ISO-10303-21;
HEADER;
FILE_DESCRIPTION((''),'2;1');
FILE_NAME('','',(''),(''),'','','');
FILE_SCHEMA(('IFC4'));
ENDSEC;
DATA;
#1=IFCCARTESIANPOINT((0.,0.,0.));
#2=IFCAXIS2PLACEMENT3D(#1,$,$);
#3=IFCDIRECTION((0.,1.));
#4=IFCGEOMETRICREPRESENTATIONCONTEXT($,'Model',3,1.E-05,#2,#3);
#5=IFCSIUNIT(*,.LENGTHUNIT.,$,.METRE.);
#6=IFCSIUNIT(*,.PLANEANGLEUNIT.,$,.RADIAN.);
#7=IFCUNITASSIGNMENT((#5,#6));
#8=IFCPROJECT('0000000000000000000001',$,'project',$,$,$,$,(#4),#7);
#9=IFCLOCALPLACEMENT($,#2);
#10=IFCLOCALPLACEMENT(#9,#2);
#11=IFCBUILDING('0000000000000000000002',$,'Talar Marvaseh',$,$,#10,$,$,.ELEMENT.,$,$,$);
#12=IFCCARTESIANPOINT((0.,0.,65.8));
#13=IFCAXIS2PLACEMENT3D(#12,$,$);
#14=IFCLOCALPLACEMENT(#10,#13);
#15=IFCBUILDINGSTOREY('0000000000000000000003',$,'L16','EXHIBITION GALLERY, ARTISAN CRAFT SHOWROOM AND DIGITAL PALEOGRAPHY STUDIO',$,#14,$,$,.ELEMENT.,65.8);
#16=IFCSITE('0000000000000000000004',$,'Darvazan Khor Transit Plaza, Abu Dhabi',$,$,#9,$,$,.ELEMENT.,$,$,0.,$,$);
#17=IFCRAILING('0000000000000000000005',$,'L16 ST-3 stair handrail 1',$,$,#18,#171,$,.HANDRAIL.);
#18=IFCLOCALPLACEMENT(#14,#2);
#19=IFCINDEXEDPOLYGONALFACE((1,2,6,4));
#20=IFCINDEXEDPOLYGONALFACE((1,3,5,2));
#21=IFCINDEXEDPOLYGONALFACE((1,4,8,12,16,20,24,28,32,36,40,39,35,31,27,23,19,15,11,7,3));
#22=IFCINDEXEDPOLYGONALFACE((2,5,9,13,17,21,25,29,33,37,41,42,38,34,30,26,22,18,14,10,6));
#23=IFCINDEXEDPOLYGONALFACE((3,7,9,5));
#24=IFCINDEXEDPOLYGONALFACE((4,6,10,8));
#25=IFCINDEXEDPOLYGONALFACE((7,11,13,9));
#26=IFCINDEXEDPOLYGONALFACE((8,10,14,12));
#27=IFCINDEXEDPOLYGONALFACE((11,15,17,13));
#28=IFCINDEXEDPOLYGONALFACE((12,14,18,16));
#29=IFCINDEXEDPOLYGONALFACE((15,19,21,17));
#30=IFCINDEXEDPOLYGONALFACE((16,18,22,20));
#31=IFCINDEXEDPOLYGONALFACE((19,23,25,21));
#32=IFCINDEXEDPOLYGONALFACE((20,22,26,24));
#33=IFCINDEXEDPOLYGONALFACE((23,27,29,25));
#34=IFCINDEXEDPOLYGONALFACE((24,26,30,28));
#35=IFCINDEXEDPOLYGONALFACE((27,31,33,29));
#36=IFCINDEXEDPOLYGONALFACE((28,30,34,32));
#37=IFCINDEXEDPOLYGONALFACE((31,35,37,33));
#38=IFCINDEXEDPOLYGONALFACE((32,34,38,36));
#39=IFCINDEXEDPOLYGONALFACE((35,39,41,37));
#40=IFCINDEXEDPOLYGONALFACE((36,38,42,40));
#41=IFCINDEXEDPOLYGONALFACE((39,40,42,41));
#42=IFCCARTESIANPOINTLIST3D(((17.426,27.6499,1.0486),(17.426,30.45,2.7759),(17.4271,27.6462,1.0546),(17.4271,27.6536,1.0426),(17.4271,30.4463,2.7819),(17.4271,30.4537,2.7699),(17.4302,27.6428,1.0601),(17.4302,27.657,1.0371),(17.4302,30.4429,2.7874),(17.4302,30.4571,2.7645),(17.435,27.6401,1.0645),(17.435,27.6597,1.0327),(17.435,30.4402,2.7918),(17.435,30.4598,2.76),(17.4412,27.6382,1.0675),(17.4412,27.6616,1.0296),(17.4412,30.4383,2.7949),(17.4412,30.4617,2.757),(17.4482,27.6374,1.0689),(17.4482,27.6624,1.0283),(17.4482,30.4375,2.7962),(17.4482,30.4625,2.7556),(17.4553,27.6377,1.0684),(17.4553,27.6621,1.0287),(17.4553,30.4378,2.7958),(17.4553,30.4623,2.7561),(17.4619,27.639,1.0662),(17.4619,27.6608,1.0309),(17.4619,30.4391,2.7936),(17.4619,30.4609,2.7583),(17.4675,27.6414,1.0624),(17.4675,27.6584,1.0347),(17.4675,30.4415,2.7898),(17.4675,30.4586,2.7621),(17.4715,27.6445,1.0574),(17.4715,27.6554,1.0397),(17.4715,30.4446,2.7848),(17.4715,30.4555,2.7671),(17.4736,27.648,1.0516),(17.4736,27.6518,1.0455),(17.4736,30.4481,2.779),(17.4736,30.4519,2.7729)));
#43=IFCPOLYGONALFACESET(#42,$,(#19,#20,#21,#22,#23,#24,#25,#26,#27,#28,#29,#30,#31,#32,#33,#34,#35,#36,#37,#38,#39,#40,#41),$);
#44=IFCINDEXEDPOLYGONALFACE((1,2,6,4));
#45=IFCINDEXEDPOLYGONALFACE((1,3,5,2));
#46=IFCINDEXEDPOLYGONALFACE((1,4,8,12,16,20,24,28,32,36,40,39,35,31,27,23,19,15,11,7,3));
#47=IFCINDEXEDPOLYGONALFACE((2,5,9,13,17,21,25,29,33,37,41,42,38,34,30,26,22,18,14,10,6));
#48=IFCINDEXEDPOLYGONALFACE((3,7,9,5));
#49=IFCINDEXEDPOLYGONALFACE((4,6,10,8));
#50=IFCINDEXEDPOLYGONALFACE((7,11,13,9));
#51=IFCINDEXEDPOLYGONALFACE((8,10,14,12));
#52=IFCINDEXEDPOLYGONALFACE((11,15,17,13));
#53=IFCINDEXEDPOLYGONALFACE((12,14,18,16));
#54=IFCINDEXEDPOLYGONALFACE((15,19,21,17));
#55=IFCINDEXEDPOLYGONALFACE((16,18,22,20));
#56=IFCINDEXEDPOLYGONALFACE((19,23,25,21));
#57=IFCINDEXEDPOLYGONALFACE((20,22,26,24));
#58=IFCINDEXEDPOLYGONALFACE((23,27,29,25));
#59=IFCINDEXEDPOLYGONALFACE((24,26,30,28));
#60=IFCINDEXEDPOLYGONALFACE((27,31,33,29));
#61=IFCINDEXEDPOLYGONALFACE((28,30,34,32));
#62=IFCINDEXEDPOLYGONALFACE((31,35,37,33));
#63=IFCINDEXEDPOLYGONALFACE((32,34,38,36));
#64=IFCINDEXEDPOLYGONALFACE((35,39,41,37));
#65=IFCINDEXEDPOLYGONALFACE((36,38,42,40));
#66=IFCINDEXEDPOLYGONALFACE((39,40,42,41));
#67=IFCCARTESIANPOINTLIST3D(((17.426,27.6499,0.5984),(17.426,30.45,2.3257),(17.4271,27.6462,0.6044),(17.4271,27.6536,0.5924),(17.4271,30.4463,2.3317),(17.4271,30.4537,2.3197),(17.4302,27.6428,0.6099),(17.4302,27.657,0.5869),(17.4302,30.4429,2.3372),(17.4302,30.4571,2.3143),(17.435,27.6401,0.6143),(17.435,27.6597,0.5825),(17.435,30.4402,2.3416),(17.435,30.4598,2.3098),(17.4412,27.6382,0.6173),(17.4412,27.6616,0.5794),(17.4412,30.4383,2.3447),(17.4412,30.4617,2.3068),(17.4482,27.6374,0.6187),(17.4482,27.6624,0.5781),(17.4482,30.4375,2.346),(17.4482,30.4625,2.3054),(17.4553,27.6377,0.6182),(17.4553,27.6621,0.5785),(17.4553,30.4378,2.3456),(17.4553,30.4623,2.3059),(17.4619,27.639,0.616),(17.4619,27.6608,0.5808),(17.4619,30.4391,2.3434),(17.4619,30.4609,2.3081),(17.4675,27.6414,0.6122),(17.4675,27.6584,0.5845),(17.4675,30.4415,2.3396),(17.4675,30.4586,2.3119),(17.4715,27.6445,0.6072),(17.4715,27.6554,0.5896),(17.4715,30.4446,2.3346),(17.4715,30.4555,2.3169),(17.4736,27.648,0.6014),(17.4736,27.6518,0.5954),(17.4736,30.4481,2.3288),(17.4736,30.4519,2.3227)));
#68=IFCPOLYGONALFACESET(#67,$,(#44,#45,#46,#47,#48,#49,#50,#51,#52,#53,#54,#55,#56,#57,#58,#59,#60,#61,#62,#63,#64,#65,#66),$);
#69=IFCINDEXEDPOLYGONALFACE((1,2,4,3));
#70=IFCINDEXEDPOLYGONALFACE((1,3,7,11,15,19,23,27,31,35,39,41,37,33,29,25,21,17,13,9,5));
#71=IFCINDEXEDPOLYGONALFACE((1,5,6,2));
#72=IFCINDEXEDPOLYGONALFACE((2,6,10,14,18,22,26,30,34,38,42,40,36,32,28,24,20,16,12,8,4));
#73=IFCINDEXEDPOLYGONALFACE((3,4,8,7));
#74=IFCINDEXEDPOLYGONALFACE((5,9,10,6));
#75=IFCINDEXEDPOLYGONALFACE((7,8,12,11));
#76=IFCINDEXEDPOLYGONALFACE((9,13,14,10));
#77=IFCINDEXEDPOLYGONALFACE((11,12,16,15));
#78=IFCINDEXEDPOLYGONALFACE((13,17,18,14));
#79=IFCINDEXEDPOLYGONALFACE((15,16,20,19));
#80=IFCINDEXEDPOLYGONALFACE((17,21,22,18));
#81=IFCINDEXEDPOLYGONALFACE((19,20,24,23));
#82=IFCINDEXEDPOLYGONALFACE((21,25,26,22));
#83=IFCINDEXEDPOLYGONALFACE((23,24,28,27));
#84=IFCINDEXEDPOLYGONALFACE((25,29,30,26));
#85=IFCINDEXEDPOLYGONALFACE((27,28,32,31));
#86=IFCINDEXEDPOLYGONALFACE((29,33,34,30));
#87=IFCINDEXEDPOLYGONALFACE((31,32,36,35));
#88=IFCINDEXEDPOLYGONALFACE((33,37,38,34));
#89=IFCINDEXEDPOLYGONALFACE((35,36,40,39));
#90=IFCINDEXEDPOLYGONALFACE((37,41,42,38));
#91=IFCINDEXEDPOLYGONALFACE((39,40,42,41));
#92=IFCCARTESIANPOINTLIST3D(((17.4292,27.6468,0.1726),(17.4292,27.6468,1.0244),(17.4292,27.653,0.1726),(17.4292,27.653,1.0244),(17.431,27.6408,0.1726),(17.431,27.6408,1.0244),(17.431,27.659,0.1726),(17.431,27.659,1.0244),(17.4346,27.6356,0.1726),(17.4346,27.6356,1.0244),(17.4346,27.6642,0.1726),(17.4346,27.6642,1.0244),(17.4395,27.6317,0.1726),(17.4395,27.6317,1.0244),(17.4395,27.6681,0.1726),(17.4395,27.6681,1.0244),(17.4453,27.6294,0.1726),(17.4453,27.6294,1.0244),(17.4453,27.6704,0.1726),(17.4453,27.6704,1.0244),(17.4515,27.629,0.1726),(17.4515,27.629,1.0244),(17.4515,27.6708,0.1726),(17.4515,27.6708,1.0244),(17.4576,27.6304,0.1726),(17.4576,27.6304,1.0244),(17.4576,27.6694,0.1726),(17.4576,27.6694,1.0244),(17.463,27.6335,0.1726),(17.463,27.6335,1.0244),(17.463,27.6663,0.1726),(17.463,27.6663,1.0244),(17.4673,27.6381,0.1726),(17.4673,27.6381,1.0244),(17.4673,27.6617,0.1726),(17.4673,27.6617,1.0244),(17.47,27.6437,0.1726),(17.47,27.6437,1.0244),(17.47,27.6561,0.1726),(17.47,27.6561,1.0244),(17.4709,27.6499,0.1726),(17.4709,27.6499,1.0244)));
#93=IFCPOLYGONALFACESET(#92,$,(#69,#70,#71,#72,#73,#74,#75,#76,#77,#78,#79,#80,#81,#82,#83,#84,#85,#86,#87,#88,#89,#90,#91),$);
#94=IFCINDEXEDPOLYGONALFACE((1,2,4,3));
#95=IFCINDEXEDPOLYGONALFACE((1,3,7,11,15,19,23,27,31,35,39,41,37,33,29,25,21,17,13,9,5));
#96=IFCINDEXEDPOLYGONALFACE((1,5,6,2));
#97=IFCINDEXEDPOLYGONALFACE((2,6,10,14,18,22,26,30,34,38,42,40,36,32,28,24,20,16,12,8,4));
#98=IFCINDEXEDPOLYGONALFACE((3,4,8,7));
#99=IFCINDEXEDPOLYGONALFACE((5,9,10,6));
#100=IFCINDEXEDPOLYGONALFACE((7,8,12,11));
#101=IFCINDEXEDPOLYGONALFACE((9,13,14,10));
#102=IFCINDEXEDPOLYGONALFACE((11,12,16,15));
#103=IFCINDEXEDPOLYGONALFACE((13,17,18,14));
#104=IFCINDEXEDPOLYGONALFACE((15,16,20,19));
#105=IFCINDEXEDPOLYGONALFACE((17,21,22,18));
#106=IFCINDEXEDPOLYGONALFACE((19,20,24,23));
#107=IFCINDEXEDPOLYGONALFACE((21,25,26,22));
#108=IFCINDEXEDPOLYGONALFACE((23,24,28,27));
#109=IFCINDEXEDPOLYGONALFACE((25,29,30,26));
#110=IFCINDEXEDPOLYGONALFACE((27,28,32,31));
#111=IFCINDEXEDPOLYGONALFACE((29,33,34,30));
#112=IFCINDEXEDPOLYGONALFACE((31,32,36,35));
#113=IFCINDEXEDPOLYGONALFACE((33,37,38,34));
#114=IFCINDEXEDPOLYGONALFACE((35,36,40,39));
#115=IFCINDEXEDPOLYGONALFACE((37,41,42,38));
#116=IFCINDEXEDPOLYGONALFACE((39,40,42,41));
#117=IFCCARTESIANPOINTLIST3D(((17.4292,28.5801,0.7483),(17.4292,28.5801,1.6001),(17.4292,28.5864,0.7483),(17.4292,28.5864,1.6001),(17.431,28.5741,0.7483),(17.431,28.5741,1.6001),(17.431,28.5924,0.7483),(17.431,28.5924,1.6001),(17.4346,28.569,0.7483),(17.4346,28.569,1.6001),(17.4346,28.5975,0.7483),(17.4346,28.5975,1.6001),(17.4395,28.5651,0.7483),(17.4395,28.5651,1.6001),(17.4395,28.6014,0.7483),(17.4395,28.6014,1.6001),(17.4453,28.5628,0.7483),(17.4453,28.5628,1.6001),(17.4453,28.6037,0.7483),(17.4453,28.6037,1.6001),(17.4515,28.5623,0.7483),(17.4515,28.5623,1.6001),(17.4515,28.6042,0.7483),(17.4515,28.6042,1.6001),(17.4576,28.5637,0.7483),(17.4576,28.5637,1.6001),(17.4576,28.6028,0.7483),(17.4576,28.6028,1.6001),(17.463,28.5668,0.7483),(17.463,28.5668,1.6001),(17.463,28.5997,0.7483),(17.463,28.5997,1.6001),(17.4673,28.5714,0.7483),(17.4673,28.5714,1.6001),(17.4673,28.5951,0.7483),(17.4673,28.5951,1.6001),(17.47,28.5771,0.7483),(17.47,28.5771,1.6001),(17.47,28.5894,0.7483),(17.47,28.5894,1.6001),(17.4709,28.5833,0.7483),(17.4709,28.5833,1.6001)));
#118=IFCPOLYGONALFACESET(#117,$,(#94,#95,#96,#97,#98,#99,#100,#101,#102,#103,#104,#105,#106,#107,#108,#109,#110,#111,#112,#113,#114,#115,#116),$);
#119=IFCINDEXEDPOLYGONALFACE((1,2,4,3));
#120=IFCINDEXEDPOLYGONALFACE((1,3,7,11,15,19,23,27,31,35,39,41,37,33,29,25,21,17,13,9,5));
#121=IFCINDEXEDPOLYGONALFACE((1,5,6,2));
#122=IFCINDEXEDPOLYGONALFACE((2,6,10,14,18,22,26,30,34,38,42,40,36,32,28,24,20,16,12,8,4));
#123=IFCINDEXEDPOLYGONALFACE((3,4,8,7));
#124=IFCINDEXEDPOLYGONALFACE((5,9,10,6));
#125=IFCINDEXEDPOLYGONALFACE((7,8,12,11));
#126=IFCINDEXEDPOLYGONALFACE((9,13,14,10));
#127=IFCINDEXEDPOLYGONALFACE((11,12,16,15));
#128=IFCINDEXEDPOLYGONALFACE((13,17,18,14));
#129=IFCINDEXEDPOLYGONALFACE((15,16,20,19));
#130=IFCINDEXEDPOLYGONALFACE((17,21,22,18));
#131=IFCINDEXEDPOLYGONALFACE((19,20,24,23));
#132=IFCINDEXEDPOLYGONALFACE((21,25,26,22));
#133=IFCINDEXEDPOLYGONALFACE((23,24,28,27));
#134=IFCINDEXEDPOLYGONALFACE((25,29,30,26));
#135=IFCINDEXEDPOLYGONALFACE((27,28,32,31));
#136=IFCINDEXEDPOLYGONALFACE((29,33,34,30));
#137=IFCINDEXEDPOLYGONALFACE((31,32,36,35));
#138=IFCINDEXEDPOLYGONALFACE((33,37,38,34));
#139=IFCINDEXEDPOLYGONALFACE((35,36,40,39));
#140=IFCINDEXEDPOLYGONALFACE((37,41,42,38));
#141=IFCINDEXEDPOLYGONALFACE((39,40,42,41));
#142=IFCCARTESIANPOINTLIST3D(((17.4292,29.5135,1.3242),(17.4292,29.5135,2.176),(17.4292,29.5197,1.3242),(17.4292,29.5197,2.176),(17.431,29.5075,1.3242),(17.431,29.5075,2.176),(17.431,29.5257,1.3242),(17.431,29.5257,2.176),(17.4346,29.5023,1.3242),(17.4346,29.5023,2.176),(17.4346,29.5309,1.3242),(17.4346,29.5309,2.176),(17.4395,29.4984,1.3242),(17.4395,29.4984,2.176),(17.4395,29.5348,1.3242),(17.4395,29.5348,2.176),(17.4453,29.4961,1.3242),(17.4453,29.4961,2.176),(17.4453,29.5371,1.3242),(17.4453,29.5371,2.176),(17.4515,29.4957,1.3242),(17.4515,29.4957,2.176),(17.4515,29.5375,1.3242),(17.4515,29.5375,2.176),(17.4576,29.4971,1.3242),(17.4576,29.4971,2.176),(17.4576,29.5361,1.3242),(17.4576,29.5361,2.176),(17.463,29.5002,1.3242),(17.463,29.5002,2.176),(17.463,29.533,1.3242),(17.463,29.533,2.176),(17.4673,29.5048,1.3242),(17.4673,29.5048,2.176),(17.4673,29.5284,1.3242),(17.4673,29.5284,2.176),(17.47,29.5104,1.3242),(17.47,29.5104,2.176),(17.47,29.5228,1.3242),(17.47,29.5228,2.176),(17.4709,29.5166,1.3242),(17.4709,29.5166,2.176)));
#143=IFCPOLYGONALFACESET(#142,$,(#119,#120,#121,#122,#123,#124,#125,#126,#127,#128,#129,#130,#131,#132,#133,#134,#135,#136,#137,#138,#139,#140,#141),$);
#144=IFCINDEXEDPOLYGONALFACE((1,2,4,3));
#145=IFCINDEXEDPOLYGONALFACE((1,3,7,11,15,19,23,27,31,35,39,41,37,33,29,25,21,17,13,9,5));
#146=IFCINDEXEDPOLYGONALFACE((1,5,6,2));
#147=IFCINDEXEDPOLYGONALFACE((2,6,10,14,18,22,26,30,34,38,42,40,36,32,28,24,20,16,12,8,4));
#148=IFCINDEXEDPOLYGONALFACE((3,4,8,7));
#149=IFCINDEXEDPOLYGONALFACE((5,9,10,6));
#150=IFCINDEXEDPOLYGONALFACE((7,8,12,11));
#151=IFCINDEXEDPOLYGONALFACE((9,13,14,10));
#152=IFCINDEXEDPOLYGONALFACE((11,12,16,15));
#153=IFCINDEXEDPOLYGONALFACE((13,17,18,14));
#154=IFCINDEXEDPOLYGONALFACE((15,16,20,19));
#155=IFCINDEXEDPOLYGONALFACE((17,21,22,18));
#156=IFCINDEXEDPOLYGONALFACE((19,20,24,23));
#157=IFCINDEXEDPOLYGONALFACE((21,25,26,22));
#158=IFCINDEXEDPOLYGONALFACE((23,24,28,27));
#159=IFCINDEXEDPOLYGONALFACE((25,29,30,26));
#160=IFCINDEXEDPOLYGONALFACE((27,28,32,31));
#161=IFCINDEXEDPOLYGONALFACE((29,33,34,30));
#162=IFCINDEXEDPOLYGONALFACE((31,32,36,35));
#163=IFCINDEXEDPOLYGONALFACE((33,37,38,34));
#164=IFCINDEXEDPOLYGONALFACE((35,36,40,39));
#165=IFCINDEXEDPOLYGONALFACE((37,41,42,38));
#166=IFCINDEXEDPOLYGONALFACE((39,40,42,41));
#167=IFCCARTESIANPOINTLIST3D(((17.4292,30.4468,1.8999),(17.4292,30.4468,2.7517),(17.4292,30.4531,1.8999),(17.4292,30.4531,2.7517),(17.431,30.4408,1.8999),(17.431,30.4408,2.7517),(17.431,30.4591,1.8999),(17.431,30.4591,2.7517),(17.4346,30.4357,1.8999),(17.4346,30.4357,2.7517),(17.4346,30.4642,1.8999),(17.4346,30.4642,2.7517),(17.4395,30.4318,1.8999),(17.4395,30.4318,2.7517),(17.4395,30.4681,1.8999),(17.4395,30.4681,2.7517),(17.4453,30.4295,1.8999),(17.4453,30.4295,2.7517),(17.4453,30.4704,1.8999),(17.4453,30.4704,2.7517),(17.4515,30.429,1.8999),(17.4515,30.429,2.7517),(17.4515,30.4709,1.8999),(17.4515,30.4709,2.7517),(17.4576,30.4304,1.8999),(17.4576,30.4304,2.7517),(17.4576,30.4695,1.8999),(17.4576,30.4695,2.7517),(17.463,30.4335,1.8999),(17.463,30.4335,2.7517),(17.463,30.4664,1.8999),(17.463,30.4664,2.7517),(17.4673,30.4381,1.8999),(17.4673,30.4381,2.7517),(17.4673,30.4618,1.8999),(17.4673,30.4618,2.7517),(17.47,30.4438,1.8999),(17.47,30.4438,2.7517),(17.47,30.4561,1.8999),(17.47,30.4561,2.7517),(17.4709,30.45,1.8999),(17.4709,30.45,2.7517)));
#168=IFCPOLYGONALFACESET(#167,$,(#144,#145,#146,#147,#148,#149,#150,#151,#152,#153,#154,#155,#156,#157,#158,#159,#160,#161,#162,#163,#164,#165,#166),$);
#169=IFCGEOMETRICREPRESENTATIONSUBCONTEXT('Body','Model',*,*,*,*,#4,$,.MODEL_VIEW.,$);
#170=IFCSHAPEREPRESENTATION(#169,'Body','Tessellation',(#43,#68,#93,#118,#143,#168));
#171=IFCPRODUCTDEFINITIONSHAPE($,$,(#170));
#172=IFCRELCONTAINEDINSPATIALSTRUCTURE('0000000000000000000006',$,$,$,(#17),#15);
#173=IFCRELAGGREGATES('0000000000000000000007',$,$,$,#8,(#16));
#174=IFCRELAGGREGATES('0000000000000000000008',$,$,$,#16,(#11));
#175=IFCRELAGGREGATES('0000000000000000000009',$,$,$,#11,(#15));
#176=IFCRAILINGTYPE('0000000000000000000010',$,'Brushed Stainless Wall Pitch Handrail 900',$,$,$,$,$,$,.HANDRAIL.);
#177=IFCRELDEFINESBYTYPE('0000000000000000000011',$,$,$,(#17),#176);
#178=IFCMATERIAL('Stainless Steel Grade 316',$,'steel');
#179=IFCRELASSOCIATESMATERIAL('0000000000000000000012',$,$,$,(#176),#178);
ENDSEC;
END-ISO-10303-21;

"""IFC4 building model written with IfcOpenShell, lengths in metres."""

from ifc_helpers import new_model, si_unit, direction, frame, origin, origin_2d, place, context, subcontext, project, spatial, circle, extrude, material, type_object, element, save


model = new_model("IFC4")

# Units and contexts
model_context = context("Model", 3, precision=1e-05, world=origin(), true_north=direction((0.0, 1.0)))
body_context = subcontext(model_context, "Body", "Model", "MODEL_VIEW")
ifc_project = project(units=[si_unit("LENGTHUNIT", "METRE"), si_unit("PLANEANGLEUNIT", "RADIAN")], contexts=[model_context])

# Site, building, storey
site_placement = place(None, origin())
site = spatial("IfcSite", under=ifc_project, at=site_placement, Name="Darvazan Khor Transit Plaza, Abu Dhabi", CompositionType="ELEMENT", RefElevation=0.0)
building_placement = place(site_placement, origin())
building = spatial("IfcBuilding", under=site, at=building_placement, Name="Talar Marvaseh", CompositionType="ELEMENT")
storey_placement = place(building_placement, frame((0.0, 0.0, 65.8)))
storey = spatial("IfcBuildingStorey", under=building, at=storey_placement, Name="L16", Description="EXHIBITION GALLERY, ARTISAN CRAFT SHOWROOM AND DIGITAL PALEOGRAPHY STUDIO", CompositionType="ELEMENT", Elevation=65.8)

# Railing
ifc_material_1 = material(Name="Stainless Steel Grade 316", Category="steel")
railing_type_1 = type_object("IfcRailingType", Name="Brushed Stainless Wall Pitch Handrail 900", PredefinedType="HANDRAIL", material=ifc_material_1)
railing_1_placement = place(storey_placement, frame((17.45, 27.6499, 0.1726)))
element("IfcRailing", 1, at=railing_1_placement, inside=storey, type_object=railing_type_1, Name="L16 ST-3 stair handrail 1", PredefinedType="HANDRAIL", context=body_context, shape_type="SweptSolid", body=[
    extrude(circle(Radius=0.0239, at=origin_2d()), frame((0.0, 0.0, 0.876), z_axis=(0.0, 0.85109, 0.52502), x_axis=(-1.0, 0.0, 0.0)), (0.0, 0.0, 1.0), 3.29),
    extrude(circle(Radius=0.0239, at=origin_2d()), frame((0.0, 0.0, 0.4258), z_axis=(0.0, 0.85109, 0.52502), x_axis=(-1.0, 0.0, 0.0)), (0.0, 0.0, 1.0), 3.29),
    extrude(circle(Radius=0.021, at=origin_2d()), origin(), (0.0, 0.0, 1.0), 0.8518),
    extrude(circle(Radius=0.021, at=origin_2d()), frame((0.0, 0.9333, 0.5757)), (0.0, 0.0, 1.0), 0.8518),
    extrude(circle(Radius=0.021, at=origin_2d()), frame((0.0, 1.8667, 1.1516)), (0.0, 0.0, 1.0), 0.8518),
    extrude(circle(Radius=0.021, at=origin_2d()), frame((0.0, 2.8, 1.7273)), (0.0, 0.0, 1.0), 0.8518),
])

save(model, "model.ifc")
